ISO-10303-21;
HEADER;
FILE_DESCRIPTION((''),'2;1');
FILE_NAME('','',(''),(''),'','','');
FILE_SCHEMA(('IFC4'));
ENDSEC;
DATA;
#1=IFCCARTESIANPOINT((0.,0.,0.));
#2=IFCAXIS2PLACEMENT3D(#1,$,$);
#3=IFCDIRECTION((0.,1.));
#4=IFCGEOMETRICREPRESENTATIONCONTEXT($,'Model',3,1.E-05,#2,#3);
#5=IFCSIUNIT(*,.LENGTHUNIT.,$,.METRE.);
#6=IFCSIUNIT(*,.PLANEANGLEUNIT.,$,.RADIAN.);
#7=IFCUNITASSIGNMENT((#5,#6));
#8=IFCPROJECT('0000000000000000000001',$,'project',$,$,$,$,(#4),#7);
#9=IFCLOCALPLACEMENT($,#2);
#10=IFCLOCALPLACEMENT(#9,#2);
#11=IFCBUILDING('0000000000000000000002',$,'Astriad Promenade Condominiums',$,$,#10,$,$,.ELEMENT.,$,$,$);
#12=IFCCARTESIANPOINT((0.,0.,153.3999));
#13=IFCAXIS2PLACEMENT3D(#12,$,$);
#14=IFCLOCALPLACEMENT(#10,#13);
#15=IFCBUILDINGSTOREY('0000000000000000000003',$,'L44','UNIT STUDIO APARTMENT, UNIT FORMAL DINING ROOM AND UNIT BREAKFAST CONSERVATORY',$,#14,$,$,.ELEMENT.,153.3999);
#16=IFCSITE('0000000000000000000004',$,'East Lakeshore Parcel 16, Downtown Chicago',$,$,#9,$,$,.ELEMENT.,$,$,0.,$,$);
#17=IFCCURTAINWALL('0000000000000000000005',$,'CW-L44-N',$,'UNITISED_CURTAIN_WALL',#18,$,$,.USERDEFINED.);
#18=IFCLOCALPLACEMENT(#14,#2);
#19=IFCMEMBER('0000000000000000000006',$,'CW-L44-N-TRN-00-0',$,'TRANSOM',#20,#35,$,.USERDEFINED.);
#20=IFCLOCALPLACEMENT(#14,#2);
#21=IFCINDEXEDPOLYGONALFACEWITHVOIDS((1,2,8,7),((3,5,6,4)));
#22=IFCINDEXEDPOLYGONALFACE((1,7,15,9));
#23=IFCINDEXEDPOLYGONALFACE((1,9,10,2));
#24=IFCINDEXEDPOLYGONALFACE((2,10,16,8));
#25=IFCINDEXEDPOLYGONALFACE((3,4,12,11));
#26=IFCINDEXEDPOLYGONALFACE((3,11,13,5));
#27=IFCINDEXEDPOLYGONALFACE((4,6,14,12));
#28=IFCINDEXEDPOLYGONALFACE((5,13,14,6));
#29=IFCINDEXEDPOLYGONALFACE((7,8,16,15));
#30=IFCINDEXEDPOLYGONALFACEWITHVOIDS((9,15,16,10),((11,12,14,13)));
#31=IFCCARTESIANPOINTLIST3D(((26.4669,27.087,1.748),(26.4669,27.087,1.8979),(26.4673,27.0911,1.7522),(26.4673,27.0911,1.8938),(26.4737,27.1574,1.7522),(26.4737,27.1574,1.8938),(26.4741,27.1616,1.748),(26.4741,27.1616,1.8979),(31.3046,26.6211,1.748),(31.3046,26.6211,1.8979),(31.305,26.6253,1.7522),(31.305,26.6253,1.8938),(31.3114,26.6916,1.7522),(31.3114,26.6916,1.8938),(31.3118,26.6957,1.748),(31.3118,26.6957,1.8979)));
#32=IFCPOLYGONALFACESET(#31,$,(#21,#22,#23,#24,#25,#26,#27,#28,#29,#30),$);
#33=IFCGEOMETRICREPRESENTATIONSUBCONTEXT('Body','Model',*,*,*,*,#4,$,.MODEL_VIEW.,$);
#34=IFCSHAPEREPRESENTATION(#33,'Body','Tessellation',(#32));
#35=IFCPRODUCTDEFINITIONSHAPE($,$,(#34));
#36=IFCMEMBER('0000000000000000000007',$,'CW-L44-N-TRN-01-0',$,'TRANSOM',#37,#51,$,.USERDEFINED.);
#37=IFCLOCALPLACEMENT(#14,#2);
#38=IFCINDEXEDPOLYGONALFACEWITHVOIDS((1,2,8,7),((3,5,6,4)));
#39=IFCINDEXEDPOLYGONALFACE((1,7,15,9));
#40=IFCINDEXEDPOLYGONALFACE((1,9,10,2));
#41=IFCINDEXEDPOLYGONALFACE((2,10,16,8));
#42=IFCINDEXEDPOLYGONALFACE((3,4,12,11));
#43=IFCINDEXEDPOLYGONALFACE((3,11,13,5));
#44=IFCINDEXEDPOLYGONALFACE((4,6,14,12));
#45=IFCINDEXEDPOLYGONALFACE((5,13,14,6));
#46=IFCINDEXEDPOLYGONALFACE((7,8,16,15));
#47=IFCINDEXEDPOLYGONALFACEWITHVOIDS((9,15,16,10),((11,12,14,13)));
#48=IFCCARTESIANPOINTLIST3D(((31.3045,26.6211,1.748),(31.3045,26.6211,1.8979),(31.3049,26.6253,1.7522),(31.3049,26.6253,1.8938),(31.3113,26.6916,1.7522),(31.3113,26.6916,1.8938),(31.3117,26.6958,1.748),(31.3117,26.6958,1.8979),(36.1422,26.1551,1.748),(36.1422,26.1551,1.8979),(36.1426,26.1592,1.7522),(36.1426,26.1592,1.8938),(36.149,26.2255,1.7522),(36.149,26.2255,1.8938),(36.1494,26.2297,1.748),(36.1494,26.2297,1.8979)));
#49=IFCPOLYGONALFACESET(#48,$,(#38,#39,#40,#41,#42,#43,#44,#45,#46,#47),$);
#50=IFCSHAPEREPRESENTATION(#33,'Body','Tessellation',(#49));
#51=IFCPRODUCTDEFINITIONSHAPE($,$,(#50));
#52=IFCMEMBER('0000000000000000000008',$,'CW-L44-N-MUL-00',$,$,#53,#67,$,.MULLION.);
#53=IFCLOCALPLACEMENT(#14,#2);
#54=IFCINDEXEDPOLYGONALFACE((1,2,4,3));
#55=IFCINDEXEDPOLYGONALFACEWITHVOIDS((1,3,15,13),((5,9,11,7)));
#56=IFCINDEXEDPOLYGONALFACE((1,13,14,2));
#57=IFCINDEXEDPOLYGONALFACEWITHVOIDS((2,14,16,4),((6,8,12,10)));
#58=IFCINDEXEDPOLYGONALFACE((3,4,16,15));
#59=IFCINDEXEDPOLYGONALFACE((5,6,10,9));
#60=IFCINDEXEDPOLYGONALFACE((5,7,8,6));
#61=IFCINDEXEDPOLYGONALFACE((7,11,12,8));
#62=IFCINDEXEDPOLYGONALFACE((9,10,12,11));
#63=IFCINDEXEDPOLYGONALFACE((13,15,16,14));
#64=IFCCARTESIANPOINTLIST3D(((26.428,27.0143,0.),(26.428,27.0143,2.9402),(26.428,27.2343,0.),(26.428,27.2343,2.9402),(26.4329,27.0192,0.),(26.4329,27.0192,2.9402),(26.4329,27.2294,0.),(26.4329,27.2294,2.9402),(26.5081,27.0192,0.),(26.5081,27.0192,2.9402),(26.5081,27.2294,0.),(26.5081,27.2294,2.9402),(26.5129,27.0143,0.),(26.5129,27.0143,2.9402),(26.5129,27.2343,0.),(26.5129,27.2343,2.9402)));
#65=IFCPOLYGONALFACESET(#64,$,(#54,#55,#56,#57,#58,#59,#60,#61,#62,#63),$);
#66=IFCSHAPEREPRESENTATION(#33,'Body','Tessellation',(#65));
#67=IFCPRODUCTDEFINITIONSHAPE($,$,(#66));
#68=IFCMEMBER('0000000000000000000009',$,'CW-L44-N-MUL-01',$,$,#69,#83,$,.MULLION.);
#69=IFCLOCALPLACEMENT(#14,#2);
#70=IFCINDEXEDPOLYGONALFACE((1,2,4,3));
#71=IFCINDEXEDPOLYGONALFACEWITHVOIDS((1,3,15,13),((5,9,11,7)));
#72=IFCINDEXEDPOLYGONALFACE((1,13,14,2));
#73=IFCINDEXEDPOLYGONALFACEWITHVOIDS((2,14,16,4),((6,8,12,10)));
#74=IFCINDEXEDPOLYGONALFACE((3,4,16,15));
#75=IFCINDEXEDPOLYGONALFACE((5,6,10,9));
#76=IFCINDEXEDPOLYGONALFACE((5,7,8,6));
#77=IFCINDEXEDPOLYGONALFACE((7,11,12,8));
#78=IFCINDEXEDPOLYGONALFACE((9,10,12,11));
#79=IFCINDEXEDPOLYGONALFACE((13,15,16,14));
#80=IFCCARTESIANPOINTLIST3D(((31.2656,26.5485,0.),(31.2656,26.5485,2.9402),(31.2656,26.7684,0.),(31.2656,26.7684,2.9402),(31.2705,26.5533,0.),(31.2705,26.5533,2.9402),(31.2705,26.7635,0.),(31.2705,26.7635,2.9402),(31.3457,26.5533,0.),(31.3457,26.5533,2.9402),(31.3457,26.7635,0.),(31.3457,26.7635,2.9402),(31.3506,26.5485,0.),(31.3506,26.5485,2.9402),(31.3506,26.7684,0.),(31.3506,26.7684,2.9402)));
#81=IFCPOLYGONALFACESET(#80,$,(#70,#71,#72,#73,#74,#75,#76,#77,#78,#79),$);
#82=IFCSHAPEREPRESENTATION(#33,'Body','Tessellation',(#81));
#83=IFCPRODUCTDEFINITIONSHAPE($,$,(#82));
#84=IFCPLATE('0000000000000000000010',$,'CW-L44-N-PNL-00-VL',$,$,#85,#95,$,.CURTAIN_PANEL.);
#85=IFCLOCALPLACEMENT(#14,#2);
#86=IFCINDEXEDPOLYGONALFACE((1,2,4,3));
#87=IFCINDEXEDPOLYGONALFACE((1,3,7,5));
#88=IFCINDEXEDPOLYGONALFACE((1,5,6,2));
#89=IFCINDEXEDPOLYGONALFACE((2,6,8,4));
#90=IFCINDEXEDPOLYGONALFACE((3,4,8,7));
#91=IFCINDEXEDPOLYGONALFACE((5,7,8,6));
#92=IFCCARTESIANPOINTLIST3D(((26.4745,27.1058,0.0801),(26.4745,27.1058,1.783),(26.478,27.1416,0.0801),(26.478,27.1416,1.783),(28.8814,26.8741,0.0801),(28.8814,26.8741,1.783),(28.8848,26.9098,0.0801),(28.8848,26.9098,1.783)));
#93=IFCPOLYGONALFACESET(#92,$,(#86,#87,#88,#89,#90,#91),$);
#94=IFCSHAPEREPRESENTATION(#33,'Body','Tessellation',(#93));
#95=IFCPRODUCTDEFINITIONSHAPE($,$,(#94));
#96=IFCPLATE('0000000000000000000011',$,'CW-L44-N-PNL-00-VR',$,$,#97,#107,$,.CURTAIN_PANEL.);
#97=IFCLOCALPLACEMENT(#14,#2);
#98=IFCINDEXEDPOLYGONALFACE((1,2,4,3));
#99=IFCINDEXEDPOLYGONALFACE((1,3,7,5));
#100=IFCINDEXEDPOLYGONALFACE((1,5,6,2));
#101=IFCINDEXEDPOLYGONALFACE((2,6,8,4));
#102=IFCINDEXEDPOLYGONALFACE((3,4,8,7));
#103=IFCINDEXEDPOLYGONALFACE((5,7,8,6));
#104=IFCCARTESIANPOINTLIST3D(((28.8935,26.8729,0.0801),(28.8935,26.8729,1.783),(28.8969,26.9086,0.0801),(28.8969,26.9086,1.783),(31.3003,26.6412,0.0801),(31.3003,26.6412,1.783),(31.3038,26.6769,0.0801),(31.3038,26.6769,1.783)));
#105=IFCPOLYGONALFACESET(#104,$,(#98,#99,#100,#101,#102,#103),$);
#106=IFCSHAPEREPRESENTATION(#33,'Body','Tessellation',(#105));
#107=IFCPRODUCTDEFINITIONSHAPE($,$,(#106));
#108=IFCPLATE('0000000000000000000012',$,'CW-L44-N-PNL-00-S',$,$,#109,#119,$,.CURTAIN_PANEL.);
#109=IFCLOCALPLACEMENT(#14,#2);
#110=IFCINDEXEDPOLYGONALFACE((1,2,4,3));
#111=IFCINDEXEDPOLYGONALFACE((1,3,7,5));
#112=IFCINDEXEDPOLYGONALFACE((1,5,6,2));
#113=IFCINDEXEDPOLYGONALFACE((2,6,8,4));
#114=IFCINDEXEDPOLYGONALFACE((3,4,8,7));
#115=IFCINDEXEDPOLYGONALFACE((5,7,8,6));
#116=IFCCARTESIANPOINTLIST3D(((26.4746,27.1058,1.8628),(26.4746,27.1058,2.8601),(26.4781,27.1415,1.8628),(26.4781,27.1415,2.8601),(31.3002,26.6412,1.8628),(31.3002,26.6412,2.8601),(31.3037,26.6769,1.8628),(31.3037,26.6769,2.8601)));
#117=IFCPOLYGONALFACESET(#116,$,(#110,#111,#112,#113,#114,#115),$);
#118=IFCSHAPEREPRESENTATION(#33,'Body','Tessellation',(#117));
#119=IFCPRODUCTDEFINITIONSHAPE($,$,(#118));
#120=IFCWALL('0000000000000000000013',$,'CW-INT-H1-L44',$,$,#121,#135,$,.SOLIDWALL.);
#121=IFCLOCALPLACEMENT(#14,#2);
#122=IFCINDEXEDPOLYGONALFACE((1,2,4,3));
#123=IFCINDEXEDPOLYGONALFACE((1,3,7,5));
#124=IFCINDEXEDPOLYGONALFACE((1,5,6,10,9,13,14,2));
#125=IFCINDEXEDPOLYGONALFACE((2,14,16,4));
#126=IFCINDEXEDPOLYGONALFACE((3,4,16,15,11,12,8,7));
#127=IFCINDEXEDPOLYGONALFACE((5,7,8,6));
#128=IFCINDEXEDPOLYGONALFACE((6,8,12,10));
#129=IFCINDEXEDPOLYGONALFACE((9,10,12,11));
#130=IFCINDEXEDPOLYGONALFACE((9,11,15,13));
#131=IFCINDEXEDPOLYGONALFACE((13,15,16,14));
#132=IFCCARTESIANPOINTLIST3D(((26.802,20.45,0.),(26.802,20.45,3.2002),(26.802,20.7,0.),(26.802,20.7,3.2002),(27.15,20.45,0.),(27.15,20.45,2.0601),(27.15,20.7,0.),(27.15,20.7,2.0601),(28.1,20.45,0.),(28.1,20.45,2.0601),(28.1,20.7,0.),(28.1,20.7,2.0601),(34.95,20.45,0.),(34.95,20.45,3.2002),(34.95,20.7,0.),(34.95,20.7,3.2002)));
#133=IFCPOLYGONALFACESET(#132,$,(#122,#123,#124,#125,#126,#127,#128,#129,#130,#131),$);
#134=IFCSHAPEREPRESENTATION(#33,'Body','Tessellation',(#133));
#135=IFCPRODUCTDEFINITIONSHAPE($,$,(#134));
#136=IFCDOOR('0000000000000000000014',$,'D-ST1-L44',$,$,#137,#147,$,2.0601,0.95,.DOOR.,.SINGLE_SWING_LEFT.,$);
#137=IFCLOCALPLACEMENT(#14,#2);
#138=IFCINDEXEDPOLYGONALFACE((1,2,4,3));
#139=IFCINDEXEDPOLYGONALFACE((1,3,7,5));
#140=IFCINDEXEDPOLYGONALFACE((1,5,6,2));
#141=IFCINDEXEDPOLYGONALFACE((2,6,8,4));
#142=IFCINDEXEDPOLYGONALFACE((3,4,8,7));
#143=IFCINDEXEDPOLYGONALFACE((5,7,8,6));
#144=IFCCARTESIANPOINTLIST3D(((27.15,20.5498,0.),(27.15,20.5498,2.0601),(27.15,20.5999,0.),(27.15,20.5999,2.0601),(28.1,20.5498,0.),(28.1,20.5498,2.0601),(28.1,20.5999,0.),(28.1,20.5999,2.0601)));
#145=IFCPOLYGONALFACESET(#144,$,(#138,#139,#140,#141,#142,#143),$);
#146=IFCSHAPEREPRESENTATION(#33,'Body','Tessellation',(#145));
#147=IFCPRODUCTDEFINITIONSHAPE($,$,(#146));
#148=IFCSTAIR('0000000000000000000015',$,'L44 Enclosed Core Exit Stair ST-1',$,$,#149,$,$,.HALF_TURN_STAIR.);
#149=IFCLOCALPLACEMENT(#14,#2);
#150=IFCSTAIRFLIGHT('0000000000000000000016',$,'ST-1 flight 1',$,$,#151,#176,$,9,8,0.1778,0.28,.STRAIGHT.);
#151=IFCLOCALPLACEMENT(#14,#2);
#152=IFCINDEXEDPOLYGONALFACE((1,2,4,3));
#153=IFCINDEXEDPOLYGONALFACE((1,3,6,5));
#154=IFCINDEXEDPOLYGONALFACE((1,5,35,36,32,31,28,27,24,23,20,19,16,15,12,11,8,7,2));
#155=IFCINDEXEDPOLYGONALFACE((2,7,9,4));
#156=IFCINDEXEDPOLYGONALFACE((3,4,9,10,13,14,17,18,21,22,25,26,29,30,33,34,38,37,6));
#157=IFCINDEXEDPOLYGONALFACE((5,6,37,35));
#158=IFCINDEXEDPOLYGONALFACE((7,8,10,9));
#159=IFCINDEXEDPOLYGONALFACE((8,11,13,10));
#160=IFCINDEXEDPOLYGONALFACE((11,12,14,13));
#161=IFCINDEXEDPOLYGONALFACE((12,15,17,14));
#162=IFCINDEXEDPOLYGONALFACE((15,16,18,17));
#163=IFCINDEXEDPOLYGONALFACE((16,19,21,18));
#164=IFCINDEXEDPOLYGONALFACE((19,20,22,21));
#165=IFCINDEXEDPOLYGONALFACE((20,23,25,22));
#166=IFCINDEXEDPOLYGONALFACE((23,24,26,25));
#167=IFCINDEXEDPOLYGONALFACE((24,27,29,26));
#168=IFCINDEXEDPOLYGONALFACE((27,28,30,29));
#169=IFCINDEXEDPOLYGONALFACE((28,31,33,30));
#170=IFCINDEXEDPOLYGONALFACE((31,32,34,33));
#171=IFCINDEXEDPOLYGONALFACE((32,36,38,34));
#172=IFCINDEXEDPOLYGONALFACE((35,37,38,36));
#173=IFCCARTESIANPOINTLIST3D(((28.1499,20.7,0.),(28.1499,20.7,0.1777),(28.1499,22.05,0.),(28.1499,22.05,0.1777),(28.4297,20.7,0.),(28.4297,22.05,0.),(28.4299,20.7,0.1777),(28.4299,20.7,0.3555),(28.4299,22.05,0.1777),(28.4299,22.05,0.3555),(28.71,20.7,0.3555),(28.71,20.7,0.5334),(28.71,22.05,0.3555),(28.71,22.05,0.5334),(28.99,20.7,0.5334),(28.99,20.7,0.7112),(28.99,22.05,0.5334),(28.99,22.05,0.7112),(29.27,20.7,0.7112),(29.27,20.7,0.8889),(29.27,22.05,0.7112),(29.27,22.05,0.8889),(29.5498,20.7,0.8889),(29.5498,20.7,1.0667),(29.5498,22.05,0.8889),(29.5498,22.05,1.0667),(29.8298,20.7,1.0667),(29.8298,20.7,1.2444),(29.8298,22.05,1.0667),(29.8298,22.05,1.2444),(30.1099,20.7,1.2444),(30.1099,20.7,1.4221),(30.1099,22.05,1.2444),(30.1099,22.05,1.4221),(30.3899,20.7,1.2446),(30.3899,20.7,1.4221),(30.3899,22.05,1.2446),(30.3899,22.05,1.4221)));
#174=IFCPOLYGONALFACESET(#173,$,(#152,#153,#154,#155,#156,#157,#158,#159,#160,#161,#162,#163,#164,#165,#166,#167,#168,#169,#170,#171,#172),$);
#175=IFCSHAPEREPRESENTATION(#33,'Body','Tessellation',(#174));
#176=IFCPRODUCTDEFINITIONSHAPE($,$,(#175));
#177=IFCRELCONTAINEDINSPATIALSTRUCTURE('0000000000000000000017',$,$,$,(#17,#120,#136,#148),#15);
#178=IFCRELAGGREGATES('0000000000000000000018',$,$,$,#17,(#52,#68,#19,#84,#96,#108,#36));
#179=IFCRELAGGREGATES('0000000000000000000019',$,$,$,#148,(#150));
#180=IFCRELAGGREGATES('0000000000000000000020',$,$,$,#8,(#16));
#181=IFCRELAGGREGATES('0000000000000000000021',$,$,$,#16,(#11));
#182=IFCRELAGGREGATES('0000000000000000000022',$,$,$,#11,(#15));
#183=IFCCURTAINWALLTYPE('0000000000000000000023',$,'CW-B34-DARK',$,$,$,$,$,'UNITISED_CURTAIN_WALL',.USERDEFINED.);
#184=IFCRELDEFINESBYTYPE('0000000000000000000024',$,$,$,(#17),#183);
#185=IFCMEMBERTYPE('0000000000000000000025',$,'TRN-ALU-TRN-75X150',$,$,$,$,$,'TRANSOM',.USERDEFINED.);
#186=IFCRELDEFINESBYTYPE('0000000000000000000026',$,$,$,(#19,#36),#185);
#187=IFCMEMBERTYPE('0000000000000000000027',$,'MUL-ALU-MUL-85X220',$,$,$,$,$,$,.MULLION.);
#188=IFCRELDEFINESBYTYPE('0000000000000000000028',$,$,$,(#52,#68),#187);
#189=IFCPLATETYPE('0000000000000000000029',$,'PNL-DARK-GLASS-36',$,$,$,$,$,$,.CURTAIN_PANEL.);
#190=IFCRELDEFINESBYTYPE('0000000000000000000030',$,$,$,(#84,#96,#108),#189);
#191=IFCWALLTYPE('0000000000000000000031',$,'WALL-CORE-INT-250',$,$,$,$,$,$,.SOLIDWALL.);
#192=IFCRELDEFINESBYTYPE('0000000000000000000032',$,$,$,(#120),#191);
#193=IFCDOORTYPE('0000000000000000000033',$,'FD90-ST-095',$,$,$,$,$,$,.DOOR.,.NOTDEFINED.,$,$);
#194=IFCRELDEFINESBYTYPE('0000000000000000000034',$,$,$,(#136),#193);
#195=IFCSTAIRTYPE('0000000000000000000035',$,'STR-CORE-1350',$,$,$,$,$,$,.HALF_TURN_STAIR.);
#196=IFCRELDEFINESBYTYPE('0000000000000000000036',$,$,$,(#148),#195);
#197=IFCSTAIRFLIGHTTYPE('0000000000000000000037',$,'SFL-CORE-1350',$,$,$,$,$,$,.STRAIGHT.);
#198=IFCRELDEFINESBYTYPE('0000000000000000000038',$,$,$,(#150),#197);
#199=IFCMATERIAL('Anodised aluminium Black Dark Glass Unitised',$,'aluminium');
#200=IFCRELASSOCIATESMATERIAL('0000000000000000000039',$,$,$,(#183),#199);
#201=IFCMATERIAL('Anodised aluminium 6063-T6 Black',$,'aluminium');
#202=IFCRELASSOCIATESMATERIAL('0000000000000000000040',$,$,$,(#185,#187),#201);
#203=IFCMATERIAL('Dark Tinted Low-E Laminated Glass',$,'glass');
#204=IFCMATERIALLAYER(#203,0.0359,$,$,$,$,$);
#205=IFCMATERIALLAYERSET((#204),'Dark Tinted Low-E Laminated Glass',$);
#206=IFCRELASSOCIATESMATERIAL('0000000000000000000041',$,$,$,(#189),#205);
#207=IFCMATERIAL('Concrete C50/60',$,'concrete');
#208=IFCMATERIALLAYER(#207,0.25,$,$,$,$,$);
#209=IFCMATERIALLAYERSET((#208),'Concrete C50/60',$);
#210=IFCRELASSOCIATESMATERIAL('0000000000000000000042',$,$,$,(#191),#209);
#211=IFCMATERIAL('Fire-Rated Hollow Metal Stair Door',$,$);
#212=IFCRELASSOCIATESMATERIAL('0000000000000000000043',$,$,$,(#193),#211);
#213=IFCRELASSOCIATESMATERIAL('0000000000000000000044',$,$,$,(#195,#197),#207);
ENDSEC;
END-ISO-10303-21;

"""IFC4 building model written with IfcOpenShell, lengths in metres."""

from ifc_helpers import new_model, si_unit, direction, frame, frame_2d, origin, origin_2d, place, context, subcontext, project, spatial, polyline, rectangle, hollow_rectangle, outline, extrude, source, transform, mapped, material, layer, layer_set, material_profile, profile_set, type_object, type_shapes, element, fill, aggregate, save


model = new_model("IFC4")

# Units and contexts
model_context = context("Model", 3, precision=1e-05, world=origin(), true_north=direction((0.0, 1.0)))
body_context = subcontext(model_context, "Body", "Model", "MODEL_VIEW")
ifc_project = project(units=[si_unit("LENGTHUNIT", "METRE"), si_unit("PLANEANGLEUNIT", "RADIAN")], contexts=[model_context])

# Site, building, storey
site_placement = place(None, origin())
site = spatial("IfcSite", under=ifc_project, at=site_placement, Name="East Lakeshore Parcel 16, Downtown Chicago", CompositionType="ELEMENT", RefElevation=0.0)
building_placement = place(site_placement, origin())
building = spatial("IfcBuilding", under=site, at=building_placement, Name="Astriad Promenade Condominiums", CompositionType="ELEMENT")
storey_placement = place(building_placement, frame((0.0, 0.0, 153.3999)))
storey = spatial("IfcBuildingStorey", under=building, at=storey_placement, Name="L44", Description="UNIT STUDIO APARTMENT, UNIT FORMAL DINING ROOM AND UNIT BREAKFAST CONSERVATORY", CompositionType="ELEMENT", Elevation=153.3999)

# Curtain wall, members, plates
ifc_material_1 = material(Name="Anodised aluminium Black Dark Glass Unitised", Category="aluminium")
curtain_wall_type = type_object("IfcCurtainWallType", Name="CW-B34-DARK", ElementType="UNITISED_CURTAIN_WALL", PredefinedType="USERDEFINED", material=ifc_material_1)
curtain_wall_placement = place(storey_placement, origin())
curtain_wall = element("IfcCurtainWall", 1, at=curtain_wall_placement, inside=storey, type_object=curtain_wall_type, Name="CW-L44-N", ObjectType="UNITISED_CURTAIN_WALL", PredefinedType="USERDEFINED")
ifc_material_2 = material(Name="Anodised aluminium 6063-T6 Black", Category="aluminium")
ifc_material_profile_1 = material_profile(ifc_material_2, hollow_rectangle(XDim=0.075, YDim=0.1499, WallThickness=0.0042, at=origin_2d()), Name="ALU-TRN-75X150")
ifc_profile_set_1 = profile_set([ifc_material_profile_1], Name="Anodised aluminium 6063-T6 Black")
member_type_1 = type_object("IfcMemberType", Name="TRN-ALU-TRN-75X150", ElementType="TRANSOM", PredefinedType="USERDEFINED", material=ifc_profile_set_1)
shared_shape_1 = source(origin(), body_context, "Body", "SweptSolid", [
    extrude(hollow_rectangle(XDim=0.075, YDim=0.1499, WallThickness=0.0042, at=origin_2d()), origin(), (0.0, 0.0, 1.0), 4.8601),
])
type_shapes(member_type_1, [shared_shape_1])
member_1_placement = place(storey_placement, frame((26.4705, 27.1243, 1.823), z_axis=(0.995396, -0.095847, 0.0), x_axis=(0.095847, 0.995396, 0.0)))
member_1 = element("IfcMember", 2, at=member_1_placement, type_object=member_type_1, Name="CW-L44-N-TRN-00-0", ObjectType="TRANSOM", PredefinedType="USERDEFINED", context=body_context, shape_type="MappedRepresentation", body=[
    mapped(shared_shape_1, transform((0.0, 0.0, 0.0), scale=1.0)),
])
member_2_placement = place(storey_placement, frame((31.3081, 26.6584, 1.823), z_axis=(0.995391, -0.095897, 0.0), x_axis=(0.095897, 0.995391, 0.0)))
member_2 = element("IfcMember", 3, at=member_2_placement, type_object=member_type_1, Name="CW-L44-N-TRN-01-0", ObjectType="TRANSOM", PredefinedType="USERDEFINED", context=body_context, shape_type="MappedRepresentation", body=[
    mapped(shared_shape_1, transform((0.0, 0.0, 0.0), scale=1.0)),
])
ifc_material_profile_2 = material_profile(ifc_material_2, hollow_rectangle(XDim=0.085, YDim=0.22, WallThickness=0.0049, at=origin_2d()), Name="ALU-MUL-85X220")
ifc_profile_set_2 = profile_set([ifc_material_profile_2], Name="Anodised aluminium 6063-T6 Black")
member_type_2 = type_object("IfcMemberType", Name="MUL-ALU-MUL-85X220", PredefinedType="MULLION", material=ifc_profile_set_2)
shared_shape_2 = source(origin(), body_context, "Body", "SweptSolid", [
    extrude(hollow_rectangle(XDim=0.085, YDim=0.22, WallThickness=0.0049, at=origin_2d()), origin(), (0.0, 0.0, 1.0), 2.9402),
])
type_shapes(member_type_2, [shared_shape_2])
member_3_placement = place(storey_placement, frame((26.4705, 27.1243, 0.0), z_axis=(0.0, 0.0, 1.0), x_axis=(1.0, 0.0, 0.0)))
member_3 = element("IfcMember", 4, at=member_3_placement, type_object=member_type_2, Name="CW-L44-N-MUL-00", PredefinedType="MULLION", context=body_context, shape_type="MappedRepresentation", body=[
    mapped(shared_shape_2, transform((0.0, 0.0, 0.0), scale=1.0)),
])
member_4_placement = place(storey_placement, frame((31.3081, 26.6584, 0.0), z_axis=(0.0, 0.0, 1.0), x_axis=(1.0, 0.0, 0.0)))
member_4 = element("IfcMember", 5, at=member_4_placement, type_object=member_type_2, Name="CW-L44-N-MUL-01", PredefinedType="MULLION", context=body_context, shape_type="MappedRepresentation", body=[
    mapped(shared_shape_2, transform((0.0, 0.0, 0.0), scale=1.0)),
])
ifc_material_3 = material(Name="Dark Tinted Low-E Laminated Glass", Category="glass")
ifc_layer_1 = layer(ifc_material_3, 0.0359)
ifc_layer_set_1 = layer_set([ifc_layer_1], Name="Dark Tinted Low-E Laminated Glass")
plate_type = type_object("IfcPlateType", Name="PNL-DARK-GLASS-36", PredefinedType="CURTAIN_PANEL", material=ifc_layer_set_1)
shared_shape_3 = source(origin(), body_context, "Body", "SweptSolid", [
    extrude(rectangle(XDim=2.418, YDim=0.0359, at=origin_2d()), origin(), (0.0, 0.0, 1.0), 1.7029),
])
plate_1_placement = place(storey_placement, frame((27.6797, 27.0078, 0.0801), z_axis=(0.0, 0.0, 1.0), x_axis=(0.995396, -0.095846, 0.0)))
plate_1 = element("IfcPlate", 6, at=plate_1_placement, type_object=plate_type, Name="CW-L44-N-PNL-00-VL", PredefinedType="CURTAIN_PANEL", context=body_context, shape_type="MappedRepresentation", body=[
    mapped(shared_shape_3, transform((0.0, 0.0, 0.0), scale=1.0)),
])
plate_2_placement = place(storey_placement, frame((30.0986, 26.7749, 0.0801), z_axis=(0.0, 0.0, 1.0), x_axis=(0.995396, -0.095846, 0.0)))
plate_2 = element("IfcPlate", 7, at=plate_2_placement, type_object=plate_type, Name="CW-L44-N-PNL-00-VR", PredefinedType="CURTAIN_PANEL", context=body_context, shape_type="MappedRepresentation", body=[
    mapped(shared_shape_3, transform((0.0, 0.0, 0.0), scale=1.0)),
])
shared_shape_4 = source(origin(), body_context, "Body", "SweptSolid", [
    extrude(rectangle(XDim=4.8479, YDim=0.0359, at=origin_2d()), origin(), (0.0, 0.0, 1.0), 0.9973),
])
type_shapes(plate_type, [shared_shape_3, shared_shape_4])
plate_3_placement = place(storey_placement, frame((28.8892, 26.8914, 1.8628), z_axis=(0.0, 0.0, 1.0), x_axis=(0.995396, -0.095846, 0.0)))
plate_3 = element("IfcPlate", 8, at=plate_3_placement, type_object=plate_type, Name="CW-L44-N-PNL-00-S", PredefinedType="CURTAIN_PANEL", context=body_context, shape_type="MappedRepresentation", body=[
    mapped(shared_shape_4, transform((0.0, 0.0, 0.0), scale=1.0)),
])
aggregate(curtain_wall, [member_3, member_4, member_1, plate_1, plate_2, plate_3, member_2])

# Wall, opening, door
ifc_material_4 = material(Name="Concrete C50/60", Category="concrete")
ifc_layer_2 = layer(ifc_material_4, 0.25)
ifc_layer_set_2 = layer_set([ifc_layer_2], Name="Concrete C50/60")
wall_type = type_object("IfcWallType", Name="WALL-CORE-INT-250", PredefinedType="SOLIDWALL", material=ifc_layer_set_2)
wall_placement = place(storey_placement, frame((26.802, 20.575, 0.0), z_axis=(0.0, 0.0, 1.0), x_axis=(1.0, 0.0, 0.0)))
wall = element("IfcWall", 9, at=wall_placement, inside=storey, type_object=wall_type, Name="CW-INT-H1-L44", PredefinedType="SOLIDWALL", context=body_context, shape_type="SweptSolid", body=[
    extrude(rectangle(XDim=8.1479, YDim=0.25, at=frame_2d((4.074, 0.0))), origin(), (0.0, 0.0, 1.0), 3.2002),
])
opening_placement = place(wall_placement, frame((0.3479, 0.0, 0.0)))
opening = element("IfcOpeningElement", 10, at=opening_placement, cuts=wall, PredefinedType="OPENING", context=body_context, shape_type="SweptSolid", body=[
    extrude(rectangle(XDim=0.95, YDim=2.0601, at=frame_2d((0.4751, 1.03))), frame((0.0, 0.135, 0.0), z_axis=(0.0, -1.0, 0.0), x_axis=(1.0, 0.0, 0.0)), (0.0, 0.0, 1.0), 0.27),
])
ifc_material_5 = material(Name="Fire-Rated Hollow Metal Stair Door")
door_type = type_object("IfcDoorType", Name="FD90-ST-095", OperationType="NOTDEFINED", PredefinedType="DOOR", material=ifc_material_5)
shared_shape_5 = source(origin(), body_context, "Body", "SweptSolid", [
    extrude(rectangle(XDim=0.95, YDim=2.0601, at=frame_2d((0.4751, 1.03))), frame((0.0, 0.0249, 0.0), z_axis=(0.0, -1.0, 0.0), x_axis=(1.0, 0.0, 0.0)), (0.0, 0.0, 1.0), 0.05),
])
type_shapes(door_type, [shared_shape_5])
door_placement = place(opening_placement, origin())
door = element("IfcDoor", 11, at=door_placement, inside=storey, type_object=door_type, Name="D-ST1-L44", OperationType="SINGLE_SWING_LEFT", OverallHeight=2.0601, OverallWidth=0.95, PredefinedType="DOOR", context=body_context, shape_type="MappedRepresentation", body=[
    mapped(shared_shape_5, transform((0.0, 0.0, 0.0), scale=1.0)),
])
fill(opening, door)

# Stair, stair flight
stair_type = type_object("IfcStairType", Name="STR-CORE-1350", PredefinedType="HALF_TURN_STAIR", material=ifc_material_4)
stair_placement = place(storey_placement, origin())
stair = element("IfcStair", 12, at=stair_placement, inside=storey, type_object=stair_type, Name="L44 Enclosed Core Exit Stair ST-1", PredefinedType="HALF_TURN_STAIR")
stair_flight_type = type_object("IfcStairFlightType", Name="SFL-CORE-1350", PredefinedType="STRAIGHT", material=ifc_material_4)
shared_shape_6 = source(origin(), body_context, "Body", "SweptSolid", [
    extrude(outline(polyline([(0.0, 0.0), (0.0, 0.1777), (0.28, 0.1777), (0.28, 0.3555), (0.5601, 0.3555), (0.5601, 0.5334), (0.8401, 0.5334), (0.8401, 0.7112), (1.1201, 0.7112), (1.1201, 0.8889), (1.3999, 0.8889), (1.3999, 1.0667), (1.6799, 1.0667), (1.6799, 1.2444), (1.96, 1.2444), (1.96, 1.4221), (2.24, 1.4221), (2.24, 1.6001), (2.24, 1.2446), (0.2798, 0.0), (0.0, 0.0)])), frame((0.0, 0.675, 0.0), z_axis=(0.0, -1.0, 0.0), x_axis=(1.0, 0.0, 0.0)), (0.0, 0.0, 1.0), 1.3501),
])
type_shapes(stair_flight_type, [shared_shape_6])
stair_flight_1_placement = place(storey_placement, frame((28.1499, 21.375, 0.0), z_axis=(0.0, 0.0, 1.0), x_axis=(1.0, 0.0, 0.0)))
stair_flight_1 = element("IfcStairFlight", 13, at=stair_flight_1_placement, type_object=stair_flight_type, Name="ST-1 flight 1", NumberOfRisers=9, NumberOfTreads=8, PredefinedType="STRAIGHT", RiserHeight=0.1778, TreadLength=0.28, context=body_context, shape_type="MappedRepresentation", body=[
    mapped(shared_shape_6, transform((0.0, 0.0, 0.0), scale=1.0)),
])
aggregate(stair, [stair_flight_1])

save(model, "model.ifc")
